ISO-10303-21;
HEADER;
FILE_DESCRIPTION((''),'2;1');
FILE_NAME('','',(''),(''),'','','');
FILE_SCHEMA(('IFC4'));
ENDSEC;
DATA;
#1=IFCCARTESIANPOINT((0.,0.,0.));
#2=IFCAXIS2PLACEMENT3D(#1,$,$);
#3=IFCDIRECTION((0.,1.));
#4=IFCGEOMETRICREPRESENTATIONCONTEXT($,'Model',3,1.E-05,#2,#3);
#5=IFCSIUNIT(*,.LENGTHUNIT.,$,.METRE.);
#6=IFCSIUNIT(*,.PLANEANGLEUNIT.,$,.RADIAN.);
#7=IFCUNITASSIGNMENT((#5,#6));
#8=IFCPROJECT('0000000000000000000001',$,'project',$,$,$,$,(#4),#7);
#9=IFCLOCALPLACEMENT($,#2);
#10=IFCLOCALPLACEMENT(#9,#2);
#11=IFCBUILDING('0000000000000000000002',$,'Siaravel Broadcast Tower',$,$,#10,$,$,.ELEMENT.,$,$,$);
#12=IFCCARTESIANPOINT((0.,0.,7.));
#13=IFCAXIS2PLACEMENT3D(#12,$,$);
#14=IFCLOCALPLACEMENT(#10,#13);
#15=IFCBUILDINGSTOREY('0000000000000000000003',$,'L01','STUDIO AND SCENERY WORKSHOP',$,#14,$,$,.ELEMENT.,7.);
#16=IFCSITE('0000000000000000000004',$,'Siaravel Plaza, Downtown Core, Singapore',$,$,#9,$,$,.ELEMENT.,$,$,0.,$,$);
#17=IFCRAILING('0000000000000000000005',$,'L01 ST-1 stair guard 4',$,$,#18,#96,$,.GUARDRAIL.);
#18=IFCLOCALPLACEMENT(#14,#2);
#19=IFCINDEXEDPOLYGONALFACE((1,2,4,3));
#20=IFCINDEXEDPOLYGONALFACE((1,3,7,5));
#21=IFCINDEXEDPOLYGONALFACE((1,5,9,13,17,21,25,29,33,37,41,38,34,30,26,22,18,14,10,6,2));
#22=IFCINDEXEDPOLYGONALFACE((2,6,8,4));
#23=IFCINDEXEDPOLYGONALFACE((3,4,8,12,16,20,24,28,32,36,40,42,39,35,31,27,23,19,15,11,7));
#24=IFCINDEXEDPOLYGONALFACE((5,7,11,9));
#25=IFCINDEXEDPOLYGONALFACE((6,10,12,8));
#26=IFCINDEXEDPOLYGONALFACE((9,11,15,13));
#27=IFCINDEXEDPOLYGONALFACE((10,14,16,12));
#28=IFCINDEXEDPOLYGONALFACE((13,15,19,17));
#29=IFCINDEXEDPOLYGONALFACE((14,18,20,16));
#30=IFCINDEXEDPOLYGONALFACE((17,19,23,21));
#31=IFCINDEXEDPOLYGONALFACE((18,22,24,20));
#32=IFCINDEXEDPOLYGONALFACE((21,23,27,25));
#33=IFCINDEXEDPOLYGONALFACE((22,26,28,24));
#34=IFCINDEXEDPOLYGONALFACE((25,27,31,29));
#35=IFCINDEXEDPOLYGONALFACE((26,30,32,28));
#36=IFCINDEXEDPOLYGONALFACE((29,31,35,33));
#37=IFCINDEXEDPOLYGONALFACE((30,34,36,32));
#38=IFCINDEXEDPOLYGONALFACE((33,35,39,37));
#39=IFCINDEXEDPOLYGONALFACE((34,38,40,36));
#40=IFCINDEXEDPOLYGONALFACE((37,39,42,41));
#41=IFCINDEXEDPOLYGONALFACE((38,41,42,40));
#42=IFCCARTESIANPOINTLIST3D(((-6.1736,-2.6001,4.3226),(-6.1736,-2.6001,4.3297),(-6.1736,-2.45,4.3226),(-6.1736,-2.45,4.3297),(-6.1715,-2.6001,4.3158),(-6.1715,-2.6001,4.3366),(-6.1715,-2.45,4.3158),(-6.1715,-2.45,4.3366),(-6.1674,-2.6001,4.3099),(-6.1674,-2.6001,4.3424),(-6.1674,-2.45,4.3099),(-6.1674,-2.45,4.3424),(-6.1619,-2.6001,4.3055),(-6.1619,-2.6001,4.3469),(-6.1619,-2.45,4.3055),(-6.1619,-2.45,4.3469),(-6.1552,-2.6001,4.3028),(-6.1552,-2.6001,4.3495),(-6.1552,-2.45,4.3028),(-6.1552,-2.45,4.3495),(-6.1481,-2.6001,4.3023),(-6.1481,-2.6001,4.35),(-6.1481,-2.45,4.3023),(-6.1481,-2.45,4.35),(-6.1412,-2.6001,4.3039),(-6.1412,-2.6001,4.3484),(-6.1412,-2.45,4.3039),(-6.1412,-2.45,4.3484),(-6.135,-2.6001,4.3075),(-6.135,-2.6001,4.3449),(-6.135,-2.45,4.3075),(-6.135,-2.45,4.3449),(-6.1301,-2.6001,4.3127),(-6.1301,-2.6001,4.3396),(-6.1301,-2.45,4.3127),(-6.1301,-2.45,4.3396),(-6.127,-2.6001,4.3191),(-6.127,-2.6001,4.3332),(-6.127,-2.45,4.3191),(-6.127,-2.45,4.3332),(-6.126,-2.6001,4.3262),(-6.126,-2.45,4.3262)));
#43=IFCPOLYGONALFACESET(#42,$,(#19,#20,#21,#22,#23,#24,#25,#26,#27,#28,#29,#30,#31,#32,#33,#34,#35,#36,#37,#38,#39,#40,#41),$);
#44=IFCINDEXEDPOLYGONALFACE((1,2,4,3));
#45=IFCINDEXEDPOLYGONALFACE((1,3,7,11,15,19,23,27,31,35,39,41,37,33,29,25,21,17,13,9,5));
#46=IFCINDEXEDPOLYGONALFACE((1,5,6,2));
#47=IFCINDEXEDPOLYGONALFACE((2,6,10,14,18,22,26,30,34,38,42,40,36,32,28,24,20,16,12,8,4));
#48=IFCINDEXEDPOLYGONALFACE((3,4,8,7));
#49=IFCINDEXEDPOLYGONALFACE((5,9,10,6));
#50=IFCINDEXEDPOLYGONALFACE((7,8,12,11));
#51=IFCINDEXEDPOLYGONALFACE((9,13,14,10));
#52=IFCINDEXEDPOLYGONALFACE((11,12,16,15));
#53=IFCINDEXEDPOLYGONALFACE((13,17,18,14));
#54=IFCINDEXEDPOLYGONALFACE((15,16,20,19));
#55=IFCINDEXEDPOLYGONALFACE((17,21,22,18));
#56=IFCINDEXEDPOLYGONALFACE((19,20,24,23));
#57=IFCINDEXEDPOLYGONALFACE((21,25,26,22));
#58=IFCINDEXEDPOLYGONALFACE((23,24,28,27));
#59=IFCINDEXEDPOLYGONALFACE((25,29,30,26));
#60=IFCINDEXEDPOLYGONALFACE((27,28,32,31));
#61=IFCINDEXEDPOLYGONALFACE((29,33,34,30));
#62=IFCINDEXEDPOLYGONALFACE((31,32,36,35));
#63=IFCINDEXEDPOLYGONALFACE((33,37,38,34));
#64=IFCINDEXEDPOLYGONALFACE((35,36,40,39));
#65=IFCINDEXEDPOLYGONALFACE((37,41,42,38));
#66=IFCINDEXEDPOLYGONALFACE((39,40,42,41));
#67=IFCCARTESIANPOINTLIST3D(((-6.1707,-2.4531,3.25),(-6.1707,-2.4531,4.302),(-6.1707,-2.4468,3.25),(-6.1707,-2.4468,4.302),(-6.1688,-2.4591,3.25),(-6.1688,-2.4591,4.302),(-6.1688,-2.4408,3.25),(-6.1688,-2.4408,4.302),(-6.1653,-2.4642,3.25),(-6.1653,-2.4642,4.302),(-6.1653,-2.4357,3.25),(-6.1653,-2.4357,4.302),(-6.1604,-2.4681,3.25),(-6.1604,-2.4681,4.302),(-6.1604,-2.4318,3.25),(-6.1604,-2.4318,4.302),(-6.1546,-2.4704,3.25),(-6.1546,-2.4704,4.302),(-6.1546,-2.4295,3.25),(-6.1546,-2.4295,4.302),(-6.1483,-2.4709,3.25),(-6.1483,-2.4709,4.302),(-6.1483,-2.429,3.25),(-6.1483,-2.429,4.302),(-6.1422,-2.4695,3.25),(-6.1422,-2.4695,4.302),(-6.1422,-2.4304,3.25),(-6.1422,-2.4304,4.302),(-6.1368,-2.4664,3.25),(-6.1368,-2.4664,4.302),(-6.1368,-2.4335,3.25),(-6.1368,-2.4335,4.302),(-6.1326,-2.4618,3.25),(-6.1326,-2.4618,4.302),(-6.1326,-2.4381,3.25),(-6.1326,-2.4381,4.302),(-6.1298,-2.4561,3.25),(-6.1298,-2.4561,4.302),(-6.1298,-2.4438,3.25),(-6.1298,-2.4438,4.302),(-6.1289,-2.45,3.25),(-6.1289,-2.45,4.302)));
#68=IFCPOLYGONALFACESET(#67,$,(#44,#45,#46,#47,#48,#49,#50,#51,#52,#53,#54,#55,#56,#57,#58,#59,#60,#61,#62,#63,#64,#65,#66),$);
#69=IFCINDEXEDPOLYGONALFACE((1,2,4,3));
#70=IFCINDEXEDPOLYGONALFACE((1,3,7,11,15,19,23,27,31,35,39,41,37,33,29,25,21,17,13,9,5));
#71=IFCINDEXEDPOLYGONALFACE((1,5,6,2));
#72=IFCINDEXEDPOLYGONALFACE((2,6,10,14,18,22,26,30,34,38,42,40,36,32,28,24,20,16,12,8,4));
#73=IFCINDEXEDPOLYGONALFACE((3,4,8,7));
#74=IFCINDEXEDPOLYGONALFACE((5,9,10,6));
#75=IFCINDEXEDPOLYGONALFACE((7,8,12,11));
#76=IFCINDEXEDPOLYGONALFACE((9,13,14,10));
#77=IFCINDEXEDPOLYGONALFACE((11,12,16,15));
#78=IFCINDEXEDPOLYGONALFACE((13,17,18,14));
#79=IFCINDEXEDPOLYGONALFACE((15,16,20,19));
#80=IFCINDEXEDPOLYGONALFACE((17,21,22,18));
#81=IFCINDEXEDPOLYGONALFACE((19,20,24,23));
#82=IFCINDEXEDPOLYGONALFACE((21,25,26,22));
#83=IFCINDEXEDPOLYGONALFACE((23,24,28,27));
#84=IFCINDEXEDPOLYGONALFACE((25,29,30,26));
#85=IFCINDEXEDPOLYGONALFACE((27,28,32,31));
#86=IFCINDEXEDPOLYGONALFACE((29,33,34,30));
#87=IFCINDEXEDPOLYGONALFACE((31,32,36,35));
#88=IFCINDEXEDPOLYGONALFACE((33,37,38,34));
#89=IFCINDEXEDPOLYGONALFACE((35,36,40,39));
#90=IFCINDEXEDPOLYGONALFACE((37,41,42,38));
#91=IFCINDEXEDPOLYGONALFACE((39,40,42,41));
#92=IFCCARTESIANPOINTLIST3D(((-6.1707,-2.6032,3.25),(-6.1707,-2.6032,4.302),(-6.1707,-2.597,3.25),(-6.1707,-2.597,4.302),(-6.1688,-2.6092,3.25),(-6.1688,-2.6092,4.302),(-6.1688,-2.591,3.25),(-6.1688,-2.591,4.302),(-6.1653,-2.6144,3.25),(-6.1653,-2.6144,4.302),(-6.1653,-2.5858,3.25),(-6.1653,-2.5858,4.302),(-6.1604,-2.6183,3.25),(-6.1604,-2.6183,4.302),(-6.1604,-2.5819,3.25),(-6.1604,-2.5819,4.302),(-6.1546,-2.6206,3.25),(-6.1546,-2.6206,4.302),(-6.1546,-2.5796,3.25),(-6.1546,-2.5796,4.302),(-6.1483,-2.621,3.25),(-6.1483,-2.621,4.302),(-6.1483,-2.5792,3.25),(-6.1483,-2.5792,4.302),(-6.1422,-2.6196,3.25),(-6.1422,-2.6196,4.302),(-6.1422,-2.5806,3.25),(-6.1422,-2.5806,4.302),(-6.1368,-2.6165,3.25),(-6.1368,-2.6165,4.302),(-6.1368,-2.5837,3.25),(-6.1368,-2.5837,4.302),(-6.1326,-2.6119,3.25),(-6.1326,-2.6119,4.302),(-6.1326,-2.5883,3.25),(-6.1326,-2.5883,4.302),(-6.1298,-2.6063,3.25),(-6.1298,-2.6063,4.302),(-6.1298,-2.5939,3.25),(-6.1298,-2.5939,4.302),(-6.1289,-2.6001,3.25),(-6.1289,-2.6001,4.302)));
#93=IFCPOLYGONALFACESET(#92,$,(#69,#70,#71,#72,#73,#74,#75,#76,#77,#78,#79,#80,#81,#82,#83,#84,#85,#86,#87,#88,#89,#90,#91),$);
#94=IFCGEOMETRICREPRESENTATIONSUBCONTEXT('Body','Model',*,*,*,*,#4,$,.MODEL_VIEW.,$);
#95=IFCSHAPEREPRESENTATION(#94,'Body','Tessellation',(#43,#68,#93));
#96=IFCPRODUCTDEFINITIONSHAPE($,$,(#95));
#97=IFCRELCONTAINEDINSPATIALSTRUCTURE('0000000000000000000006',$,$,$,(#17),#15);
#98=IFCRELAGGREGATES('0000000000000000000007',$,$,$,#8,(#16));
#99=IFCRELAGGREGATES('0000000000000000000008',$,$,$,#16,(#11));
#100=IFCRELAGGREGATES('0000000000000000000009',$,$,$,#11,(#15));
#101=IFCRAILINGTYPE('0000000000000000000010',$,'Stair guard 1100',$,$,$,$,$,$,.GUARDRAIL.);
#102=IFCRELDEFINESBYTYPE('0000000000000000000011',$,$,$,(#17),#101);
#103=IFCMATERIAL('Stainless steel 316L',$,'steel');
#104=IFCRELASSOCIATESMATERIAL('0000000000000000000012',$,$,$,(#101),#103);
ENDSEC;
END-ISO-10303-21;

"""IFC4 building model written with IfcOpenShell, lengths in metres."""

from ifc_helpers import new_model, si_unit, direction, frame, origin, origin_2d, place, context, subcontext, project, spatial, circle, extrude, material, type_object, element, save


model = new_model("IFC4")

# Units and contexts
model_context = context("Model", 3, precision=1e-05, world=origin(), true_north=direction((0.0, 1.0)))
body_context = subcontext(model_context, "Body", "Model", "MODEL_VIEW")
ifc_project = project(units=[si_unit("LENGTHUNIT", "METRE"), si_unit("PLANEANGLEUNIT", "RADIAN")], contexts=[model_context])

# Site, building, storey
site_placement = place(None, origin())
site = spatial("IfcSite", under=ifc_project, at=site_placement, Name="Siaravel Plaza, Downtown Core, Singapore", CompositionType="ELEMENT", RefElevation=0.0)
building_placement = place(site_placement, origin())
building = spatial("IfcBuilding", under=site, at=building_placement, Name="Siaravel Broadcast Tower", CompositionType="ELEMENT")
storey_placement = place(building_placement, frame((0.0, 0.0, 7.0)))
storey = spatial("IfcBuildingStorey", under=building, at=storey_placement, Name="L01", Description="STUDIO AND SCENERY WORKSHOP", CompositionType="ELEMENT", Elevation=7.0)

# Railing
ifc_material_1 = material(Name="Stainless steel 316L", Category="steel")
railing_type_1 = type_object("IfcRailingType", Name="Stair guard 1100", PredefinedType="GUARDRAIL", material=ifc_material_1)
railing_1_placement = place(storey_placement, frame((-6.1499, -2.45, 3.25)))
element("IfcRailing", 1, at=railing_1_placement, inside=storey, type_object=railing_type_1, Name="L01 ST-1 stair guard 4", PredefinedType="GUARDRAIL", context=body_context, shape_type="SweptSolid", body=[
    extrude(circle(Radius=0.0239, at=origin_2d()), frame((0.0, 0.0, 1.0762), z_axis=(0.0, -1.0, 0.0), x_axis=(1.0, 0.0, 0.0)), (0.0, 0.0, 1.0), 0.1501),
    extrude(circle(Radius=0.021, at=origin_2d()), origin(), (0.0, 0.0, 1.0), 1.052),
    extrude(circle(Radius=0.021, at=origin_2d()), frame((0.0, -0.1501, 0.0)), (0.0, 0.0, 1.0), 1.052),
])

save(model, "model.ifc")
